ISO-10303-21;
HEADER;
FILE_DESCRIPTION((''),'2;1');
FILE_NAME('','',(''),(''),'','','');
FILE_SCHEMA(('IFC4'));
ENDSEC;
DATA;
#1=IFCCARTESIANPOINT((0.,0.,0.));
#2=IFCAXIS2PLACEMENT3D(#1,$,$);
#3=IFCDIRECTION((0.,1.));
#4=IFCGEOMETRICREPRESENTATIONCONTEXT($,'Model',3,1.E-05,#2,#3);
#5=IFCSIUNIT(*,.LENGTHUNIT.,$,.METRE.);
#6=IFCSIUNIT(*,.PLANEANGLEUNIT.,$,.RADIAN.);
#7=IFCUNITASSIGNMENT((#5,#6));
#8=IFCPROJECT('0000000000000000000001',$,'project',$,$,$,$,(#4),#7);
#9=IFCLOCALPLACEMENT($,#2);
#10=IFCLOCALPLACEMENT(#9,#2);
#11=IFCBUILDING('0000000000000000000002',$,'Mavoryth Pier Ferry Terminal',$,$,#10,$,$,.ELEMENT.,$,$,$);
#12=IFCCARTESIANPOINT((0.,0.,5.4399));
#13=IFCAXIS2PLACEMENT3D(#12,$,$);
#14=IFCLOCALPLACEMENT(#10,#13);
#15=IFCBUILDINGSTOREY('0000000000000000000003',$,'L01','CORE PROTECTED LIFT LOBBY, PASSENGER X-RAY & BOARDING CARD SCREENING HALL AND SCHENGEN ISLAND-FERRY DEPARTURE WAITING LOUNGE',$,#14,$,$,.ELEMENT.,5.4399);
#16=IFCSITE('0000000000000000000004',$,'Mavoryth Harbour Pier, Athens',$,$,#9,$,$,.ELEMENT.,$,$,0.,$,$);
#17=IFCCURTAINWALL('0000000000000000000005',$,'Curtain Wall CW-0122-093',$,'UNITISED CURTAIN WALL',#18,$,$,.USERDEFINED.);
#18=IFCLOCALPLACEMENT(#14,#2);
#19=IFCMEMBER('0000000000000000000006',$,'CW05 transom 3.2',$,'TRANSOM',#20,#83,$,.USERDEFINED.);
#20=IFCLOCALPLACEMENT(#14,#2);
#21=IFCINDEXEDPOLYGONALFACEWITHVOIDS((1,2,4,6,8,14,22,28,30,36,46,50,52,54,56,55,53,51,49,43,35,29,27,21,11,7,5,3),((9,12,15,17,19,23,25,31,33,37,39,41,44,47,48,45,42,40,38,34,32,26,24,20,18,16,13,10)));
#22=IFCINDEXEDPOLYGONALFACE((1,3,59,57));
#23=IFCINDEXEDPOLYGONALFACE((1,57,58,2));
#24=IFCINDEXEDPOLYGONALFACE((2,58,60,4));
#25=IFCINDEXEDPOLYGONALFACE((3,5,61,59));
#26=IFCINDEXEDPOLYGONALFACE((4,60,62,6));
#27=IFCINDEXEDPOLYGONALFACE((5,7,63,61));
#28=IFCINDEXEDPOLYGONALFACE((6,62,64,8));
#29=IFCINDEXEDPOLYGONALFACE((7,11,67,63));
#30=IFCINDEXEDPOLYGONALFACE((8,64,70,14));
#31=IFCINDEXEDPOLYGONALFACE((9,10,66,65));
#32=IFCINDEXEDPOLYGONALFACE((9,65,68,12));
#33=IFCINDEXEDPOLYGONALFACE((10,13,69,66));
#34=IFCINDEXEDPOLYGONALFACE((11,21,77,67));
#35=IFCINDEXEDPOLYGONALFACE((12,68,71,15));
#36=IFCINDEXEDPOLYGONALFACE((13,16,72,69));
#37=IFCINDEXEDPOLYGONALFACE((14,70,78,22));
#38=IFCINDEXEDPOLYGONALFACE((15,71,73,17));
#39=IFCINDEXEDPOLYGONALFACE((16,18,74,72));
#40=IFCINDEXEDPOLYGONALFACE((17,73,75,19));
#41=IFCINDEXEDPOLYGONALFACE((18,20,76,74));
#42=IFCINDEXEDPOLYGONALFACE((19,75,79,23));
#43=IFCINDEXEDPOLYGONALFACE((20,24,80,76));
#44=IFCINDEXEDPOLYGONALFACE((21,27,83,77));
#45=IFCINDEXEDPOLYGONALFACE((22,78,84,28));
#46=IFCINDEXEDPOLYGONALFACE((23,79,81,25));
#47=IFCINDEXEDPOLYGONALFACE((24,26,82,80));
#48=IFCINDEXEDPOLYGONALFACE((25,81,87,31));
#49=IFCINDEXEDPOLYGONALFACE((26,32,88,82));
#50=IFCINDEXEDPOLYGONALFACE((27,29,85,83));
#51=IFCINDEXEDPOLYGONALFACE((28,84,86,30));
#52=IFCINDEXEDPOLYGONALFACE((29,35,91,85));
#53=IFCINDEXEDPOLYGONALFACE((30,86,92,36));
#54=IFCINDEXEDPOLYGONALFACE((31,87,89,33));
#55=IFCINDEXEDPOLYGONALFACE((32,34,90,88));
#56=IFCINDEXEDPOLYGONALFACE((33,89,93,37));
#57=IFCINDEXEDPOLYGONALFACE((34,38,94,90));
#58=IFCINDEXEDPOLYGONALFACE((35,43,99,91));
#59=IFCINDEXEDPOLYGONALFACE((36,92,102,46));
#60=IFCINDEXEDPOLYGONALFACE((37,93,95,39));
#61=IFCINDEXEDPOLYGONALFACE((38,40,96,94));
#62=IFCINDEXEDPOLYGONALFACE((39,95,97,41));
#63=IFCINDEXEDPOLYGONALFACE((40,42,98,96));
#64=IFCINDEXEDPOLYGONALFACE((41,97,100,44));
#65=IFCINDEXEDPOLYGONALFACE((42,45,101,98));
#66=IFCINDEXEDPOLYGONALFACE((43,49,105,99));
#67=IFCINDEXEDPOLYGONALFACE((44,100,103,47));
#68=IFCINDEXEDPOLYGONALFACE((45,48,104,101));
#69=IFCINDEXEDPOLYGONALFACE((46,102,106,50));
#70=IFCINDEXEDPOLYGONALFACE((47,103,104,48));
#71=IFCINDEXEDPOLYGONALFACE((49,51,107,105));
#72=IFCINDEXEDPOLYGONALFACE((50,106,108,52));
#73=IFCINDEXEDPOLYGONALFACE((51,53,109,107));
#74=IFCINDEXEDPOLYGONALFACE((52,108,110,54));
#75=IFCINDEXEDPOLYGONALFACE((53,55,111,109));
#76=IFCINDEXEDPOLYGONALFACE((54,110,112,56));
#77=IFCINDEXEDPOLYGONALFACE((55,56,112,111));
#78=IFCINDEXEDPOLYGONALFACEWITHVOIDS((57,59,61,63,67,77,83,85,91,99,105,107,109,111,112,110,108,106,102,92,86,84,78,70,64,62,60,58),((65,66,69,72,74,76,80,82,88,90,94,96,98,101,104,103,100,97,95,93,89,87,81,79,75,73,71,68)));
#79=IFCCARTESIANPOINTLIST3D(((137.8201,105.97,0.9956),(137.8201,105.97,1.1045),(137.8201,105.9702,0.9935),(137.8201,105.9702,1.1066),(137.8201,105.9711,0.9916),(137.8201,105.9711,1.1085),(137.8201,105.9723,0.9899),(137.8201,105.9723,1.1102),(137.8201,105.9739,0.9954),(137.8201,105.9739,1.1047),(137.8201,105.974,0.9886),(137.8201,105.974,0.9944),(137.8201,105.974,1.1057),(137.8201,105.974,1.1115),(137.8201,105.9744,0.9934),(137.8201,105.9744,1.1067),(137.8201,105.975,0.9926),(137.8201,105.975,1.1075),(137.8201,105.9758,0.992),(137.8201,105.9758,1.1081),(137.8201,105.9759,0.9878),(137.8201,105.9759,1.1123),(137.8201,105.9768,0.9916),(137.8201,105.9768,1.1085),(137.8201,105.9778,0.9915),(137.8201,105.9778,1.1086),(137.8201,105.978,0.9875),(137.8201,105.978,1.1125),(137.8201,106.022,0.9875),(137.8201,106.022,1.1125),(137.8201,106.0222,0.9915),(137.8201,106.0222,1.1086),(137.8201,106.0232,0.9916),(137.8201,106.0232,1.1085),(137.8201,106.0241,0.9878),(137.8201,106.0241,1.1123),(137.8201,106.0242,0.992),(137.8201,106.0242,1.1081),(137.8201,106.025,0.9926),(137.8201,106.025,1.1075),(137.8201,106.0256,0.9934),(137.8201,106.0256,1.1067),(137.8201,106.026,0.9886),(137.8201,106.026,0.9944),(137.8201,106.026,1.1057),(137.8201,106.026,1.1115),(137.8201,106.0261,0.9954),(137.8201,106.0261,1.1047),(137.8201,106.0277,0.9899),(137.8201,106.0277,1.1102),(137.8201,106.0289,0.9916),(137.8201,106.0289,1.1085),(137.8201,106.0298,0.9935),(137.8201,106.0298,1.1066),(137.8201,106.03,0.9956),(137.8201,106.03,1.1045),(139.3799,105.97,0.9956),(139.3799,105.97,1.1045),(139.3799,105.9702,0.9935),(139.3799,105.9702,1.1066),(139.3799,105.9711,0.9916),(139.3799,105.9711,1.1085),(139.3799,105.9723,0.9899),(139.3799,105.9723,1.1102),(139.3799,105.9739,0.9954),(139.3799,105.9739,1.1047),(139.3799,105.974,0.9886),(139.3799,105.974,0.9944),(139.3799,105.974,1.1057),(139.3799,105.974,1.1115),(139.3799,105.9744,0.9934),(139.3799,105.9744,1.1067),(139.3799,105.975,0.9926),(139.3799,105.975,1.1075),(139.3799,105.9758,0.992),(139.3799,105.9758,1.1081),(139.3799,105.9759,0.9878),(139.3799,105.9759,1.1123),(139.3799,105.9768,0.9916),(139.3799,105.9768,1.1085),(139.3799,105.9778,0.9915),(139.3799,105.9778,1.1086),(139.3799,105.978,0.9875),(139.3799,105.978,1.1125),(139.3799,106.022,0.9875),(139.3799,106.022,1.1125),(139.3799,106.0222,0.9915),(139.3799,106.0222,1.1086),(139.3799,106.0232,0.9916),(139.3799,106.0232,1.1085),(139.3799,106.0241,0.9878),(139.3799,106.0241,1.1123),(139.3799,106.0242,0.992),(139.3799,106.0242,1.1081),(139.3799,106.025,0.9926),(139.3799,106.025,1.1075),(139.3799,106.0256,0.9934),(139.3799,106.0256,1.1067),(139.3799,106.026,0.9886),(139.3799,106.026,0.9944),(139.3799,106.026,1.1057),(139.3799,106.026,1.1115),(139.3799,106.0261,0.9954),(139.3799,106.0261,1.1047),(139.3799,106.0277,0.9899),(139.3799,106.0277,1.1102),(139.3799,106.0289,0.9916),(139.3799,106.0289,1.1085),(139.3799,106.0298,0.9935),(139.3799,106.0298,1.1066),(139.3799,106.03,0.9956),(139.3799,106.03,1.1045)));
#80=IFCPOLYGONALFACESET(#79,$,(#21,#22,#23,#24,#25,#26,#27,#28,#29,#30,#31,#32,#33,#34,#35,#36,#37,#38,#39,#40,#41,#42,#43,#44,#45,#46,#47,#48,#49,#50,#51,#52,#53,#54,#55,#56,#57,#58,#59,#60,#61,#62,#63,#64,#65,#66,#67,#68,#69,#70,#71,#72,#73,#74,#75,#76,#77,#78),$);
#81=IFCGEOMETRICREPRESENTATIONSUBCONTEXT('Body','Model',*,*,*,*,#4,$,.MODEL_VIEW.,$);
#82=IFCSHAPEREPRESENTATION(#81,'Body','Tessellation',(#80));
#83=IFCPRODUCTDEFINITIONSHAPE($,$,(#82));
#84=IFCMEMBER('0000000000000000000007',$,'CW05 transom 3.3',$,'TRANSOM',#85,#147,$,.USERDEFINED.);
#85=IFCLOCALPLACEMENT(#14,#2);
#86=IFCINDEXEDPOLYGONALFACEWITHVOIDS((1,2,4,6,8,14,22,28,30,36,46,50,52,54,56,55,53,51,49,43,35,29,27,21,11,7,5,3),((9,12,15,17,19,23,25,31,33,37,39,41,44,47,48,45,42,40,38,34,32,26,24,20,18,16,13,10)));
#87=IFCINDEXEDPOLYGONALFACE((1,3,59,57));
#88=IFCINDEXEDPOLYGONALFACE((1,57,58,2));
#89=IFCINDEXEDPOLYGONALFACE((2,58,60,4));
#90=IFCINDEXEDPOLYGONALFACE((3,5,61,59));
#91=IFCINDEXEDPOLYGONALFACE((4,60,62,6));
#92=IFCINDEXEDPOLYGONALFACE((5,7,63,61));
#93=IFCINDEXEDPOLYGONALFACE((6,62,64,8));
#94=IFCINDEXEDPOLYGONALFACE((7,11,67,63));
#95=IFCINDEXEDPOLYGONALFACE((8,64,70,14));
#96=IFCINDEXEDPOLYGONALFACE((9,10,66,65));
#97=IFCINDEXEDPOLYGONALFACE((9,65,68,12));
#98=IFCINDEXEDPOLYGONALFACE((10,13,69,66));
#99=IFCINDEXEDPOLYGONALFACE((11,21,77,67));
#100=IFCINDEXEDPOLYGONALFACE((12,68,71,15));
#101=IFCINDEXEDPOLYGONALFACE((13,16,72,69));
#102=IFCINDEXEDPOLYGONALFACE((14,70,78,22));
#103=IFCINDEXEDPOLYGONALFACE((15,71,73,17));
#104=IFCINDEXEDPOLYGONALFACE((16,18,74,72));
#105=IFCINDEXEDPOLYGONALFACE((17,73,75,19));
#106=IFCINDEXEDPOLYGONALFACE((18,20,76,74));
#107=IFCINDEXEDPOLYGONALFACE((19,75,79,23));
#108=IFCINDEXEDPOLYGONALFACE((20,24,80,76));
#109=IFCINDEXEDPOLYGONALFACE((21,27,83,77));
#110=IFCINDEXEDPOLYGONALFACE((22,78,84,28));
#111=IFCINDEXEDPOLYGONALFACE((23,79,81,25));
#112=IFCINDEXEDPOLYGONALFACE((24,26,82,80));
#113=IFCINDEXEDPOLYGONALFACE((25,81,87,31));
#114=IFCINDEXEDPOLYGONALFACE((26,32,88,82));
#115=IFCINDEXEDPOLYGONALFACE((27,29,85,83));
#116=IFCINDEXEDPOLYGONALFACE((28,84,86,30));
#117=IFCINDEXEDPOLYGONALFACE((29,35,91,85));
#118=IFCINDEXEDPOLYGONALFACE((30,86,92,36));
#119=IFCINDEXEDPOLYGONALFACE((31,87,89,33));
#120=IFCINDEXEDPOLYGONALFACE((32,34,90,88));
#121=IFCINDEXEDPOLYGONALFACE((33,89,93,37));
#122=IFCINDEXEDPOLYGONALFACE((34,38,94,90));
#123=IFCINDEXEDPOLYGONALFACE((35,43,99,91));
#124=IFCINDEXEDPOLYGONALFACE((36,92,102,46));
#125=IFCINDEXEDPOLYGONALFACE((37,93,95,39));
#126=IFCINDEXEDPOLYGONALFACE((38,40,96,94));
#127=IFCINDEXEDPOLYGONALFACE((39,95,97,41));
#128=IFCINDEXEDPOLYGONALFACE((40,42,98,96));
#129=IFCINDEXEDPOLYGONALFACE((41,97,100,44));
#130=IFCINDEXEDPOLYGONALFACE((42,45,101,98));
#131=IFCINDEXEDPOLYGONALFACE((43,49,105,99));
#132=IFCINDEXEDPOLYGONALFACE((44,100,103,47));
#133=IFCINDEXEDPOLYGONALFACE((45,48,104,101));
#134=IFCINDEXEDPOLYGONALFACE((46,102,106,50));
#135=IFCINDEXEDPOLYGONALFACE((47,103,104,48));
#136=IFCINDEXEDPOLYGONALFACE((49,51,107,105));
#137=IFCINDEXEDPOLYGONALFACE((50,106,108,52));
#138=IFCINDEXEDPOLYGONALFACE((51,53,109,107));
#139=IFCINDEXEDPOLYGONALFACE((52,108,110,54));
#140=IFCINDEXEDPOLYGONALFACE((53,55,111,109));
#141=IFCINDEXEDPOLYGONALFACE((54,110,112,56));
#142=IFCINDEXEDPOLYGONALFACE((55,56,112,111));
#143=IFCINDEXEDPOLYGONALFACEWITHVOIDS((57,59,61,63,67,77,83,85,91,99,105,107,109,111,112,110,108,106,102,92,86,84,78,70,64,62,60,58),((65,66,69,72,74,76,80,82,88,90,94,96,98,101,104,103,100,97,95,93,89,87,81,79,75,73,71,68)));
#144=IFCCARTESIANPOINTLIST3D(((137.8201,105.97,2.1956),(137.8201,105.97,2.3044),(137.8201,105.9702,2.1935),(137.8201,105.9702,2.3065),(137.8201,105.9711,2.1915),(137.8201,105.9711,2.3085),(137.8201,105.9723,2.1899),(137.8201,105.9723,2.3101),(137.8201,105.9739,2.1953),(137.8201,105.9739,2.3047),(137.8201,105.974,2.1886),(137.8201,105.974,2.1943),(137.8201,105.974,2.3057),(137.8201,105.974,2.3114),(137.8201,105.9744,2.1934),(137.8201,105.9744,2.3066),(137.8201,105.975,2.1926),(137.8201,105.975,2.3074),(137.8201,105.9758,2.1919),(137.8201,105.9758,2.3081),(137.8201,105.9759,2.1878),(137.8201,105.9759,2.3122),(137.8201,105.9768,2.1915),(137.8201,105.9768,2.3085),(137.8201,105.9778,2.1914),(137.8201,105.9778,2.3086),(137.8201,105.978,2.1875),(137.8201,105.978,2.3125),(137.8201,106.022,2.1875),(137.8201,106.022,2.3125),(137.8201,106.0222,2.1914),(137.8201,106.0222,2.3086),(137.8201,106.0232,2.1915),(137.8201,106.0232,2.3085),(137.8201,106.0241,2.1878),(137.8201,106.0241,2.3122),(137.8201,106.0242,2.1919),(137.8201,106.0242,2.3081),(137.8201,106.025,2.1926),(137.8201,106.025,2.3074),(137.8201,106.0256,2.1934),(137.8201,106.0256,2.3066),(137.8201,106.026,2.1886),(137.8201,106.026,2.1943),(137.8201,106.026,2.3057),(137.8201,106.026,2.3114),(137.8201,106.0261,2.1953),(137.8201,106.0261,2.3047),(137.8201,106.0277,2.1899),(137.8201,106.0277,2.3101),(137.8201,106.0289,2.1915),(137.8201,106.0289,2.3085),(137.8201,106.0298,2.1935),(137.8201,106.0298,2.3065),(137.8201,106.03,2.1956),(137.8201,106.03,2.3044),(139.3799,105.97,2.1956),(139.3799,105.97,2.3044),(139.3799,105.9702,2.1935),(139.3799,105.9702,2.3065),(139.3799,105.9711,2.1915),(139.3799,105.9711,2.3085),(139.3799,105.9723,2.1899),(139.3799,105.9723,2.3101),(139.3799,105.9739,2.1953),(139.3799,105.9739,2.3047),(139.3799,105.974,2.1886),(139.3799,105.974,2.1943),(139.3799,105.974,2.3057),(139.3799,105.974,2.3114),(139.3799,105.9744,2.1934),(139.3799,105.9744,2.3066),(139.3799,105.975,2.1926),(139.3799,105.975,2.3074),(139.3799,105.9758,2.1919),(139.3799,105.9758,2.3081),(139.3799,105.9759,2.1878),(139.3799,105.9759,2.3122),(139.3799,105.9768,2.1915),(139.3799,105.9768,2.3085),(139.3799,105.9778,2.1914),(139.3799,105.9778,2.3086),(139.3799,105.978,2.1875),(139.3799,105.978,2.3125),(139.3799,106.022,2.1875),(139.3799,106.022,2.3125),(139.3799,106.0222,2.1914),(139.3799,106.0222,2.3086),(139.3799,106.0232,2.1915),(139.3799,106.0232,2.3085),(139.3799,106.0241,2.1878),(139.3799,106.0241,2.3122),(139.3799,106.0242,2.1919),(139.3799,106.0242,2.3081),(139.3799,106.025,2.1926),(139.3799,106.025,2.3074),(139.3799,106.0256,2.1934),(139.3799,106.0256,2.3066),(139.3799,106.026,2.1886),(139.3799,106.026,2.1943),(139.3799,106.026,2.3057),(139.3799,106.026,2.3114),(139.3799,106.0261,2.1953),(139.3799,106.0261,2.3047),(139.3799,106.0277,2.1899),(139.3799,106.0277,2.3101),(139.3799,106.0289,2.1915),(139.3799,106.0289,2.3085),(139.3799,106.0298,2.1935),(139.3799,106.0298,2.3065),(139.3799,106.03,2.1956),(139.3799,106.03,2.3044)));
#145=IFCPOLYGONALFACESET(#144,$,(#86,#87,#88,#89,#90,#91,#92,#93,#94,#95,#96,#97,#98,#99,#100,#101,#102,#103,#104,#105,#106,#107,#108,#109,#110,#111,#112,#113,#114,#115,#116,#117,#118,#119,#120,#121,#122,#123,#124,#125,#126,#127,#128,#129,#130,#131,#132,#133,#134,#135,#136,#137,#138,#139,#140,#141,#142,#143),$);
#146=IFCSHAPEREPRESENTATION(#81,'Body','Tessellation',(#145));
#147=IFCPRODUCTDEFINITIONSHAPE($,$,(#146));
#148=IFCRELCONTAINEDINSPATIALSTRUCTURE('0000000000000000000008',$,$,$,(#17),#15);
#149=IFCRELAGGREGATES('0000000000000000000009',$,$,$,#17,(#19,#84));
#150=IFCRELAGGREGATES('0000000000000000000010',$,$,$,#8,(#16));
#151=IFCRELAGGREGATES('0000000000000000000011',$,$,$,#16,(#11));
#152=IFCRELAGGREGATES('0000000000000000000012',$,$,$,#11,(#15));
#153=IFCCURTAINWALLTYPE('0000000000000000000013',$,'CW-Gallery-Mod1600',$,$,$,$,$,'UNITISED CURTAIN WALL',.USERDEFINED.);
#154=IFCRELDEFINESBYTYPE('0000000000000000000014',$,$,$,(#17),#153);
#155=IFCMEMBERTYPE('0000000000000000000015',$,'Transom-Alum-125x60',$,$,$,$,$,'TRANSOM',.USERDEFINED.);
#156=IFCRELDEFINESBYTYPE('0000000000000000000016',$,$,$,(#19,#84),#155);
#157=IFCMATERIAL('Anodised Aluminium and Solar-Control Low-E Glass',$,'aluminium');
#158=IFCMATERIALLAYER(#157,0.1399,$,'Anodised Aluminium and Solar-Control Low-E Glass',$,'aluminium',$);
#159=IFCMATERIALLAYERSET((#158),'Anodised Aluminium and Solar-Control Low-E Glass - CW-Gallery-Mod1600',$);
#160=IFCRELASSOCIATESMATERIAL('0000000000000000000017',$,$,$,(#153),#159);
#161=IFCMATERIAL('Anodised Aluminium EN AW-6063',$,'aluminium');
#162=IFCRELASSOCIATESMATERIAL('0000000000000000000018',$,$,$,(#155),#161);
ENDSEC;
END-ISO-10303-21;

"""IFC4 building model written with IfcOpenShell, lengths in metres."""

from ifc_helpers import new_model, si_unit, direction, frame, origin, origin_2d, place, context, subcontext, project, spatial, hollow_rectangle, extrude, material, layer, layer_set, material_profile, profile_set, type_object, element, aggregate, save


model = new_model("IFC4")

# Units and contexts
model_context = context("Model", 3, precision=1e-05, world=origin(), true_north=direction((0.0, 1.0)))
body_context = subcontext(model_context, "Body", "Model", "MODEL_VIEW")
ifc_project = project(units=[si_unit("LENGTHUNIT", "METRE"), si_unit("PLANEANGLEUNIT", "RADIAN")], contexts=[model_context])

# Site, building, storey
site_placement = place(None, origin())
site = spatial("IfcSite", under=ifc_project, at=site_placement, Name="Mavoryth Harbour Pier, Athens", CompositionType="ELEMENT", RefElevation=0.0)
building_placement = place(site_placement, origin())
building = spatial("IfcBuilding", under=site, at=building_placement, Name="Mavoryth Pier Ferry Terminal", CompositionType="ELEMENT")
storey_placement = place(building_placement, frame((0.0, 0.0, 5.4399)))
storey = spatial("IfcBuildingStorey", under=building, at=storey_placement, Name="L01", Description="CORE PROTECTED LIFT LOBBY, PASSENGER X-RAY & BOARDING CARD SCREENING HALL AND SCHENGEN ISLAND-FERRY DEPARTURE WAITING LOUNGE", CompositionType="ELEMENT", Elevation=5.4399)

# Curtain wall, members
ifc_material_1 = material(Name="Anodised Aluminium and Solar-Control Low-E Glass", Category="aluminium")
ifc_layer_1 = layer(ifc_material_1, 0.1399, Name="Anodised Aluminium and Solar-Control Low-E Glass", Category="aluminium")
ifc_layer_set_1 = layer_set([ifc_layer_1], Name="Anodised Aluminium and Solar-Control Low-E Glass - CW-Gallery-Mod1600")
curtain_wall_type = type_object("IfcCurtainWallType", Name="CW-Gallery-Mod1600", ElementType="UNITISED CURTAIN WALL", PredefinedType="USERDEFINED", material=ifc_layer_set_1)
curtain_wall_1_placement = place(storey_placement, origin())
curtain_wall_1 = element("IfcCurtainWall", 1, at=curtain_wall_1_placement, inside=storey, type_object=curtain_wall_type, Name="Curtain Wall CW-0122-093", ObjectType="UNITISED CURTAIN WALL", PredefinedType="USERDEFINED")
ifc_material_2 = material(Name="Anodised Aluminium EN AW-6063", Category="aluminium")
ifc_material_profile_1 = material_profile(ifc_material_2, hollow_rectangle(XDim=0.0601, YDim=0.125, WallThickness=0.0039, InnerFilletRadius=0.0039, OuterFilletRadius=0.0081, at=origin_2d()), Name="AL-TRAN 125x60x4", Category="aluminium")
ifc_profile_set_1 = profile_set([ifc_material_profile_1], Name="Anodised Aluminium EN AW-6063 - AL-TRAN 125x60x4")
member_type_1 = type_object("IfcMemberType", Name="Transom-Alum-125x60", ElementType="TRANSOM", PredefinedType="USERDEFINED", material=ifc_profile_set_1)
member_1_placement = place(storey_placement, frame((137.8201, 106.0, 1.05), z_axis=(1.0, 0.0, 0.0), x_axis=(0.0, 1.0, 0.0)))
member_1 = element("IfcMember", 2, at=member_1_placement, type_object=member_type_1, Name="CW05 transom 3.2", ObjectType="TRANSOM", PredefinedType="USERDEFINED", context=body_context, shape_type="SweptSolid", body=[
    extrude(hollow_rectangle(XDim=0.0601, YDim=0.125, WallThickness=0.0039, InnerFilletRadius=0.0039, OuterFilletRadius=0.0081, at=origin_2d()), origin(), (0.0, 0.0, 1.0), 1.5598),
])
member_2_placement = place(storey_placement, frame((137.8201, 106.0, 2.25), z_axis=(1.0, 0.0, 0.0), x_axis=(0.0, 1.0, 0.0)))
member_2 = element("IfcMember", 3, at=member_2_placement, type_object=member_type_1, Name="CW05 transom 3.3", ObjectType="TRANSOM", PredefinedType="USERDEFINED", context=body_context, shape_type="SweptSolid", body=[
    extrude(hollow_rectangle(XDim=0.0601, YDim=0.125, WallThickness=0.0039, InnerFilletRadius=0.0039, OuterFilletRadius=0.0081, at=origin_2d()), origin(), (0.0, 0.0, 1.0), 1.5598),
])

aggregate(curtain_wall_1, [member_1, member_2])

save(model, "model.ifc")
